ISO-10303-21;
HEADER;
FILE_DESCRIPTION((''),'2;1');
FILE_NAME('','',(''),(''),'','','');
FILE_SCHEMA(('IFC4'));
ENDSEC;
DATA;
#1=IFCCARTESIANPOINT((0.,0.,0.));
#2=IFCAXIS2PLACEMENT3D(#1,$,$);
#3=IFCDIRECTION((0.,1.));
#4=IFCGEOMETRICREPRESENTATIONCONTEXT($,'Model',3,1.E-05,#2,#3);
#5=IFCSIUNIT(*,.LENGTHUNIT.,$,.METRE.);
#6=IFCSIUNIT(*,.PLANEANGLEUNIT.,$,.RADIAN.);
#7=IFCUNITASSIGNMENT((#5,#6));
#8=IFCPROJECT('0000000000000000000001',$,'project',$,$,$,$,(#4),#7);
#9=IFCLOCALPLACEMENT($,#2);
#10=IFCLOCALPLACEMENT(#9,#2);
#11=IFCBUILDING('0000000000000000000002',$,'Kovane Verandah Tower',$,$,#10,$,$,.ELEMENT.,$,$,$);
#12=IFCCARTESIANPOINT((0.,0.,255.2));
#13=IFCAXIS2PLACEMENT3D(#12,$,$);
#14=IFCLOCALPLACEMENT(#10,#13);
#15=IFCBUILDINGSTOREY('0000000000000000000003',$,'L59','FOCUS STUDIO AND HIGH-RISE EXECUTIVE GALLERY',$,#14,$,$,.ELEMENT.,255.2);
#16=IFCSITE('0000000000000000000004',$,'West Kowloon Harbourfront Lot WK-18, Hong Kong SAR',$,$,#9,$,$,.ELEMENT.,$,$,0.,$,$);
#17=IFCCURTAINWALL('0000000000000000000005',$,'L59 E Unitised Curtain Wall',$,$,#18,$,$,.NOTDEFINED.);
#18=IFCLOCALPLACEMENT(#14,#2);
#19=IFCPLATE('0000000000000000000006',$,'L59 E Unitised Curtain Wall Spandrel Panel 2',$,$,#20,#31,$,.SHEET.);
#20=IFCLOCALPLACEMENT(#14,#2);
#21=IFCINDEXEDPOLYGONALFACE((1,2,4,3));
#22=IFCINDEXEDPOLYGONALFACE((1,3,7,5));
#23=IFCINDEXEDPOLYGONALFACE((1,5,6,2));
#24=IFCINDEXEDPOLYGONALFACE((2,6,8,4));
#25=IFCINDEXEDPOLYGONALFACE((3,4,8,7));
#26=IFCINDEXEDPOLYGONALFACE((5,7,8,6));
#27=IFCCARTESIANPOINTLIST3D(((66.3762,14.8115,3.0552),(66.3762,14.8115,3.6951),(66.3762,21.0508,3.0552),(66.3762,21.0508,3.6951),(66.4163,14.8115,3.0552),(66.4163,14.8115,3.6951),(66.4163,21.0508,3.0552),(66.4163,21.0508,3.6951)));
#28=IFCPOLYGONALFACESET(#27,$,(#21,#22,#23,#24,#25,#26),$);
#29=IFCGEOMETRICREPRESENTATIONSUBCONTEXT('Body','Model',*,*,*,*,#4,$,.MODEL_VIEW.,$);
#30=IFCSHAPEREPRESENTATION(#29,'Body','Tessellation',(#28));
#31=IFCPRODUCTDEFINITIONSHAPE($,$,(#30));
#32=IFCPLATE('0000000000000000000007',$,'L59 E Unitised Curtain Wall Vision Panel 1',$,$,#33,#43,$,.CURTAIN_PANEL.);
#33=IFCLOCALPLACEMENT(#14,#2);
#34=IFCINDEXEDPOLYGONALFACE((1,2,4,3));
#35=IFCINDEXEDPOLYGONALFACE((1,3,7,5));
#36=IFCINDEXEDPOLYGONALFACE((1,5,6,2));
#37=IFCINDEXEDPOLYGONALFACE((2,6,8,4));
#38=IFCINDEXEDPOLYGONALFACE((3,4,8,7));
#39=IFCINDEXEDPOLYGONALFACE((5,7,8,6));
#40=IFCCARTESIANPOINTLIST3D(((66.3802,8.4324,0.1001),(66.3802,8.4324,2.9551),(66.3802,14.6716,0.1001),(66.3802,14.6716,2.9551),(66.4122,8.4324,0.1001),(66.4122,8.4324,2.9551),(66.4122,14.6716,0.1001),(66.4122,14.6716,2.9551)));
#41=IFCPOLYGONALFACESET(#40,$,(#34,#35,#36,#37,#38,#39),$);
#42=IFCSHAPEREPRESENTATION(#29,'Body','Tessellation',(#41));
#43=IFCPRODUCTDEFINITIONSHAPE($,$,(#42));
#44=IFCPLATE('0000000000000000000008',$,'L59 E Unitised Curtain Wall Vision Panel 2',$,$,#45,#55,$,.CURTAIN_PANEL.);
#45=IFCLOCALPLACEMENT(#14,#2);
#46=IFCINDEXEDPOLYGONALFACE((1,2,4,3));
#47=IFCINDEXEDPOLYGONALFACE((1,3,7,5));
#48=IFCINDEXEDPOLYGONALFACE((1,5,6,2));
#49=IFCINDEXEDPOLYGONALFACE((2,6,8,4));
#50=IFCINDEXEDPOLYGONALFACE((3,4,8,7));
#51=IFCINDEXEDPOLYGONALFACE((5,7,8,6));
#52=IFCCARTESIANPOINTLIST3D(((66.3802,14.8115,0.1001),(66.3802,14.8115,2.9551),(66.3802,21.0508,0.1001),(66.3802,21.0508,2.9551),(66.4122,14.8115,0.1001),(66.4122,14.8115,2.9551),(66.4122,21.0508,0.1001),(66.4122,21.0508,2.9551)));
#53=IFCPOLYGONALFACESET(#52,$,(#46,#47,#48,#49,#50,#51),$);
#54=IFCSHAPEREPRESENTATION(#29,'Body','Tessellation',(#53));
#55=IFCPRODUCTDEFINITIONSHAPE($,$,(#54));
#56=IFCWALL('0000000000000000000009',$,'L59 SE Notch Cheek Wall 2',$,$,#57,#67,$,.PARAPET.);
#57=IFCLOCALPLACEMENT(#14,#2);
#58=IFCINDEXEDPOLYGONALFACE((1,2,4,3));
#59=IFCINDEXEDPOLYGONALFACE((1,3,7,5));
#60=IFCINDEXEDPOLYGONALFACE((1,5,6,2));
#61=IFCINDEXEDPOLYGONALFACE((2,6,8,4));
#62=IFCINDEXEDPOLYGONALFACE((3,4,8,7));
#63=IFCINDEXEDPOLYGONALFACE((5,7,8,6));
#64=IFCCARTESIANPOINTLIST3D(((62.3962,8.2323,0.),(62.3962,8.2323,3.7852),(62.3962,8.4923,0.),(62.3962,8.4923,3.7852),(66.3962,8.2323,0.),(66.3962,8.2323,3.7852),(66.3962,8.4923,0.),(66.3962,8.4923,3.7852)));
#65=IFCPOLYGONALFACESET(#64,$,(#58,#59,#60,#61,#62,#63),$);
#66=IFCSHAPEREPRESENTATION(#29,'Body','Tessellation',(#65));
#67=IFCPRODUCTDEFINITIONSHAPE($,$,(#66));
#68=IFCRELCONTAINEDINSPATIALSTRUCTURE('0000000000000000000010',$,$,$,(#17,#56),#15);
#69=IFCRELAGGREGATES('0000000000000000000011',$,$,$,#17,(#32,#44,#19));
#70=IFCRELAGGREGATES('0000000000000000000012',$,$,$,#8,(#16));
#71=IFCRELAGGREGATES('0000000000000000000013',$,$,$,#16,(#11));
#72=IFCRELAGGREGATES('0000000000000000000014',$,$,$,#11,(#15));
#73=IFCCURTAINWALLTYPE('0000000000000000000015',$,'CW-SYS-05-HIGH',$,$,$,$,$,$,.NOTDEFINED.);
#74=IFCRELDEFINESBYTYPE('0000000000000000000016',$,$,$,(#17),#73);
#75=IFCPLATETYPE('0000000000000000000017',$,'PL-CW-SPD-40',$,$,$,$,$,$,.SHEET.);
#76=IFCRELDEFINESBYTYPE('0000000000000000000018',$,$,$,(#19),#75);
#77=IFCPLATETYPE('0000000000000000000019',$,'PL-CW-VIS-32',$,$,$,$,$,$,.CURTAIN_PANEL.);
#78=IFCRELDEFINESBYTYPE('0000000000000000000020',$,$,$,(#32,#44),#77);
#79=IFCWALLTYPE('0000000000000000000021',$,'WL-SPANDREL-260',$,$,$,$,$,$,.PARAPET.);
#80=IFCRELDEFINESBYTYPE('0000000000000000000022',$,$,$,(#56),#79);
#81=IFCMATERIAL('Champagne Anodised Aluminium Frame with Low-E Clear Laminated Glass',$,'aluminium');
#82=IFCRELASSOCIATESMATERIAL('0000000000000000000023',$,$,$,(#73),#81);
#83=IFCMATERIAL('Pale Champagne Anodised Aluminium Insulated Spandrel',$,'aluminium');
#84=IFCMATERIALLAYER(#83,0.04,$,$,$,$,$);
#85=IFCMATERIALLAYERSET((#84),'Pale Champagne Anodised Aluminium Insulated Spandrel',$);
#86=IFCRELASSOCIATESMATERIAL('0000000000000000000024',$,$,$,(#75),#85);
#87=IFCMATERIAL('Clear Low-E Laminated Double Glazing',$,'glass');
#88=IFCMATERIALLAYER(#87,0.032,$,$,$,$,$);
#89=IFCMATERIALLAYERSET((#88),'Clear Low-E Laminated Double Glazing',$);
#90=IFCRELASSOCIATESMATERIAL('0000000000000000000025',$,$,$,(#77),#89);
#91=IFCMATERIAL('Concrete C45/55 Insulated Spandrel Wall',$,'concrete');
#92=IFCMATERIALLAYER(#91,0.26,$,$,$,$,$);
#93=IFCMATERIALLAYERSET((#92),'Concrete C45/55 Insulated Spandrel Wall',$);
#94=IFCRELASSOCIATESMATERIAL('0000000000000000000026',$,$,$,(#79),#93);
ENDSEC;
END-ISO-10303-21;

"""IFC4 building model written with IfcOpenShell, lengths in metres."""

from ifc_helpers import new_model, si_unit, direction, frame, frame_2d, origin, origin_2d, place, context, subcontext, project, spatial, rectangle, extrude, material, layer, layer_set, type_object, element, aggregate, save


model = new_model("IFC4")

# Units and contexts
model_context = context("Model", 3, precision=1e-05, world=origin(), true_north=direction((0.0, 1.0)))
body_context = subcontext(model_context, "Body", "Model", "MODEL_VIEW")
ifc_project = project(units=[si_unit("LENGTHUNIT", "METRE"), si_unit("PLANEANGLEUNIT", "RADIAN")], contexts=[model_context])

# Site, building, storey
site_placement = place(None, origin())
site = spatial("IfcSite", under=ifc_project, at=site_placement, Name="West Kowloon Harbourfront Lot WK-18, Hong Kong SAR", CompositionType="ELEMENT", RefElevation=0.0)
building_placement = place(site_placement, origin())
building = spatial("IfcBuilding", under=site, at=building_placement, Name="Kovane Verandah Tower", CompositionType="ELEMENT")
storey_placement = place(building_placement, frame((0.0, 0.0, 255.2)))
storey = spatial("IfcBuildingStorey", under=building, at=storey_placement, Name="L59", Description="FOCUS STUDIO AND HIGH-RISE EXECUTIVE GALLERY", CompositionType="ELEMENT", Elevation=255.2)

# Curtain wall
ifc_material_1 = material(Name="Champagne Anodised Aluminium Frame with Low-E Clear Laminated Glass", Category="aluminium")
curtain_wall_type = type_object("IfcCurtainWallType", Name="CW-SYS-05-HIGH", PredefinedType="NOTDEFINED", material=ifc_material_1)
curtain_wall_placement = place(storey_placement, origin())
curtain_wall = element("IfcCurtainWall", 1, at=curtain_wall_placement, inside=storey, type_object=curtain_wall_type, Name="L59 E Unitised Curtain Wall", PredefinedType="NOTDEFINED")

# Plates
ifc_material_2 = material(Name="Pale Champagne Anodised Aluminium Insulated Spandrel", Category="aluminium")
ifc_layer_1 = layer(ifc_material_2, 0.04)
ifc_layer_set_1 = layer_set([ifc_layer_1], Name="Pale Champagne Anodised Aluminium Insulated Spandrel")
plate_type_1 = type_object("IfcPlateType", Name="PL-CW-SPD-40", PredefinedType="SHEET", material=ifc_layer_set_1)
plate_1_placement = place(storey_placement, frame((66.3962, 17.9312, 3.0552), z_axis=(0.0, 0.0, 1.0), x_axis=(0.0, 1.0, 0.0)))
plate_1 = element("IfcPlate", 2, at=plate_1_placement, type_object=plate_type_1, Name="L59 E Unitised Curtain Wall Spandrel Panel 2", PredefinedType="SHEET", context=body_context, shape_type="SweptSolid", body=[
    extrude(rectangle(XDim=6.2393, YDim=0.04, at=origin_2d()), origin(), (0.0, 0.0, 1.0), 0.6399),
])
ifc_material_3 = material(Name="Clear Low-E Laminated Double Glazing", Category="glass")
ifc_layer_2 = layer(ifc_material_3, 0.032)
ifc_layer_set_2 = layer_set([ifc_layer_2], Name="Clear Low-E Laminated Double Glazing")
plate_type_2 = type_object("IfcPlateType", Name="PL-CW-VIS-32", PredefinedType="CURTAIN_PANEL", material=ifc_layer_set_2)
plate_2_placement = place(storey_placement, frame((66.3962, 11.552, 0.1001), z_axis=(0.0, 0.0, 1.0), x_axis=(0.0, 1.0, 0.0)))
plate_2 = element("IfcPlate", 3, at=plate_2_placement, type_object=plate_type_2, Name="L59 E Unitised Curtain Wall Vision Panel 1", PredefinedType="CURTAIN_PANEL", context=body_context, shape_type="SweptSolid", body=[
    extrude(rectangle(XDim=6.2393, YDim=0.032, at=origin_2d()), origin(), (0.0, 0.0, 1.0), 2.855),
])
plate_3_placement = place(storey_placement, frame((66.3962, 17.9312, 0.1001), z_axis=(0.0, 0.0, 1.0), x_axis=(0.0, 1.0, 0.0)))
plate_3 = element("IfcPlate", 4, at=plate_3_placement, type_object=plate_type_2, Name="L59 E Unitised Curtain Wall Vision Panel 2", PredefinedType="CURTAIN_PANEL", context=body_context, shape_type="SweptSolid", body=[
    extrude(rectangle(XDim=6.2393, YDim=0.032, at=origin_2d()), origin(), (0.0, 0.0, 1.0), 2.855),
])
aggregate(curtain_wall, [plate_2, plate_3, plate_1])

# Wall
ifc_material_4 = material(Name="Concrete C45/55 Insulated Spandrel Wall", Category="concrete")
ifc_layer_3 = layer(ifc_material_4, 0.26)
ifc_layer_set_3 = layer_set([ifc_layer_3], Name="Concrete C45/55 Insulated Spandrel Wall")
wall_type = type_object("IfcWallType", Name="WL-SPANDREL-260", PredefinedType="PARAPET", material=ifc_layer_set_3)
wall_placement = place(storey_placement, frame((62.3962, 8.3623, 0.0), z_axis=(0.0, 0.0, 1.0), x_axis=(1.0, 0.0, 0.0)))
element("IfcWall", 5, at=wall_placement, inside=storey, type_object=wall_type, Name="L59 SE Notch Cheek Wall 2", PredefinedType="PARAPET", context=body_context, shape_type="SweptSolid", body=[
    extrude(rectangle(XDim=4.0, YDim=0.26, at=frame_2d((2.0, 0.0))), origin(), (0.0, 0.0, 1.0), 3.7852),
])

save(model, "model.ifc")
